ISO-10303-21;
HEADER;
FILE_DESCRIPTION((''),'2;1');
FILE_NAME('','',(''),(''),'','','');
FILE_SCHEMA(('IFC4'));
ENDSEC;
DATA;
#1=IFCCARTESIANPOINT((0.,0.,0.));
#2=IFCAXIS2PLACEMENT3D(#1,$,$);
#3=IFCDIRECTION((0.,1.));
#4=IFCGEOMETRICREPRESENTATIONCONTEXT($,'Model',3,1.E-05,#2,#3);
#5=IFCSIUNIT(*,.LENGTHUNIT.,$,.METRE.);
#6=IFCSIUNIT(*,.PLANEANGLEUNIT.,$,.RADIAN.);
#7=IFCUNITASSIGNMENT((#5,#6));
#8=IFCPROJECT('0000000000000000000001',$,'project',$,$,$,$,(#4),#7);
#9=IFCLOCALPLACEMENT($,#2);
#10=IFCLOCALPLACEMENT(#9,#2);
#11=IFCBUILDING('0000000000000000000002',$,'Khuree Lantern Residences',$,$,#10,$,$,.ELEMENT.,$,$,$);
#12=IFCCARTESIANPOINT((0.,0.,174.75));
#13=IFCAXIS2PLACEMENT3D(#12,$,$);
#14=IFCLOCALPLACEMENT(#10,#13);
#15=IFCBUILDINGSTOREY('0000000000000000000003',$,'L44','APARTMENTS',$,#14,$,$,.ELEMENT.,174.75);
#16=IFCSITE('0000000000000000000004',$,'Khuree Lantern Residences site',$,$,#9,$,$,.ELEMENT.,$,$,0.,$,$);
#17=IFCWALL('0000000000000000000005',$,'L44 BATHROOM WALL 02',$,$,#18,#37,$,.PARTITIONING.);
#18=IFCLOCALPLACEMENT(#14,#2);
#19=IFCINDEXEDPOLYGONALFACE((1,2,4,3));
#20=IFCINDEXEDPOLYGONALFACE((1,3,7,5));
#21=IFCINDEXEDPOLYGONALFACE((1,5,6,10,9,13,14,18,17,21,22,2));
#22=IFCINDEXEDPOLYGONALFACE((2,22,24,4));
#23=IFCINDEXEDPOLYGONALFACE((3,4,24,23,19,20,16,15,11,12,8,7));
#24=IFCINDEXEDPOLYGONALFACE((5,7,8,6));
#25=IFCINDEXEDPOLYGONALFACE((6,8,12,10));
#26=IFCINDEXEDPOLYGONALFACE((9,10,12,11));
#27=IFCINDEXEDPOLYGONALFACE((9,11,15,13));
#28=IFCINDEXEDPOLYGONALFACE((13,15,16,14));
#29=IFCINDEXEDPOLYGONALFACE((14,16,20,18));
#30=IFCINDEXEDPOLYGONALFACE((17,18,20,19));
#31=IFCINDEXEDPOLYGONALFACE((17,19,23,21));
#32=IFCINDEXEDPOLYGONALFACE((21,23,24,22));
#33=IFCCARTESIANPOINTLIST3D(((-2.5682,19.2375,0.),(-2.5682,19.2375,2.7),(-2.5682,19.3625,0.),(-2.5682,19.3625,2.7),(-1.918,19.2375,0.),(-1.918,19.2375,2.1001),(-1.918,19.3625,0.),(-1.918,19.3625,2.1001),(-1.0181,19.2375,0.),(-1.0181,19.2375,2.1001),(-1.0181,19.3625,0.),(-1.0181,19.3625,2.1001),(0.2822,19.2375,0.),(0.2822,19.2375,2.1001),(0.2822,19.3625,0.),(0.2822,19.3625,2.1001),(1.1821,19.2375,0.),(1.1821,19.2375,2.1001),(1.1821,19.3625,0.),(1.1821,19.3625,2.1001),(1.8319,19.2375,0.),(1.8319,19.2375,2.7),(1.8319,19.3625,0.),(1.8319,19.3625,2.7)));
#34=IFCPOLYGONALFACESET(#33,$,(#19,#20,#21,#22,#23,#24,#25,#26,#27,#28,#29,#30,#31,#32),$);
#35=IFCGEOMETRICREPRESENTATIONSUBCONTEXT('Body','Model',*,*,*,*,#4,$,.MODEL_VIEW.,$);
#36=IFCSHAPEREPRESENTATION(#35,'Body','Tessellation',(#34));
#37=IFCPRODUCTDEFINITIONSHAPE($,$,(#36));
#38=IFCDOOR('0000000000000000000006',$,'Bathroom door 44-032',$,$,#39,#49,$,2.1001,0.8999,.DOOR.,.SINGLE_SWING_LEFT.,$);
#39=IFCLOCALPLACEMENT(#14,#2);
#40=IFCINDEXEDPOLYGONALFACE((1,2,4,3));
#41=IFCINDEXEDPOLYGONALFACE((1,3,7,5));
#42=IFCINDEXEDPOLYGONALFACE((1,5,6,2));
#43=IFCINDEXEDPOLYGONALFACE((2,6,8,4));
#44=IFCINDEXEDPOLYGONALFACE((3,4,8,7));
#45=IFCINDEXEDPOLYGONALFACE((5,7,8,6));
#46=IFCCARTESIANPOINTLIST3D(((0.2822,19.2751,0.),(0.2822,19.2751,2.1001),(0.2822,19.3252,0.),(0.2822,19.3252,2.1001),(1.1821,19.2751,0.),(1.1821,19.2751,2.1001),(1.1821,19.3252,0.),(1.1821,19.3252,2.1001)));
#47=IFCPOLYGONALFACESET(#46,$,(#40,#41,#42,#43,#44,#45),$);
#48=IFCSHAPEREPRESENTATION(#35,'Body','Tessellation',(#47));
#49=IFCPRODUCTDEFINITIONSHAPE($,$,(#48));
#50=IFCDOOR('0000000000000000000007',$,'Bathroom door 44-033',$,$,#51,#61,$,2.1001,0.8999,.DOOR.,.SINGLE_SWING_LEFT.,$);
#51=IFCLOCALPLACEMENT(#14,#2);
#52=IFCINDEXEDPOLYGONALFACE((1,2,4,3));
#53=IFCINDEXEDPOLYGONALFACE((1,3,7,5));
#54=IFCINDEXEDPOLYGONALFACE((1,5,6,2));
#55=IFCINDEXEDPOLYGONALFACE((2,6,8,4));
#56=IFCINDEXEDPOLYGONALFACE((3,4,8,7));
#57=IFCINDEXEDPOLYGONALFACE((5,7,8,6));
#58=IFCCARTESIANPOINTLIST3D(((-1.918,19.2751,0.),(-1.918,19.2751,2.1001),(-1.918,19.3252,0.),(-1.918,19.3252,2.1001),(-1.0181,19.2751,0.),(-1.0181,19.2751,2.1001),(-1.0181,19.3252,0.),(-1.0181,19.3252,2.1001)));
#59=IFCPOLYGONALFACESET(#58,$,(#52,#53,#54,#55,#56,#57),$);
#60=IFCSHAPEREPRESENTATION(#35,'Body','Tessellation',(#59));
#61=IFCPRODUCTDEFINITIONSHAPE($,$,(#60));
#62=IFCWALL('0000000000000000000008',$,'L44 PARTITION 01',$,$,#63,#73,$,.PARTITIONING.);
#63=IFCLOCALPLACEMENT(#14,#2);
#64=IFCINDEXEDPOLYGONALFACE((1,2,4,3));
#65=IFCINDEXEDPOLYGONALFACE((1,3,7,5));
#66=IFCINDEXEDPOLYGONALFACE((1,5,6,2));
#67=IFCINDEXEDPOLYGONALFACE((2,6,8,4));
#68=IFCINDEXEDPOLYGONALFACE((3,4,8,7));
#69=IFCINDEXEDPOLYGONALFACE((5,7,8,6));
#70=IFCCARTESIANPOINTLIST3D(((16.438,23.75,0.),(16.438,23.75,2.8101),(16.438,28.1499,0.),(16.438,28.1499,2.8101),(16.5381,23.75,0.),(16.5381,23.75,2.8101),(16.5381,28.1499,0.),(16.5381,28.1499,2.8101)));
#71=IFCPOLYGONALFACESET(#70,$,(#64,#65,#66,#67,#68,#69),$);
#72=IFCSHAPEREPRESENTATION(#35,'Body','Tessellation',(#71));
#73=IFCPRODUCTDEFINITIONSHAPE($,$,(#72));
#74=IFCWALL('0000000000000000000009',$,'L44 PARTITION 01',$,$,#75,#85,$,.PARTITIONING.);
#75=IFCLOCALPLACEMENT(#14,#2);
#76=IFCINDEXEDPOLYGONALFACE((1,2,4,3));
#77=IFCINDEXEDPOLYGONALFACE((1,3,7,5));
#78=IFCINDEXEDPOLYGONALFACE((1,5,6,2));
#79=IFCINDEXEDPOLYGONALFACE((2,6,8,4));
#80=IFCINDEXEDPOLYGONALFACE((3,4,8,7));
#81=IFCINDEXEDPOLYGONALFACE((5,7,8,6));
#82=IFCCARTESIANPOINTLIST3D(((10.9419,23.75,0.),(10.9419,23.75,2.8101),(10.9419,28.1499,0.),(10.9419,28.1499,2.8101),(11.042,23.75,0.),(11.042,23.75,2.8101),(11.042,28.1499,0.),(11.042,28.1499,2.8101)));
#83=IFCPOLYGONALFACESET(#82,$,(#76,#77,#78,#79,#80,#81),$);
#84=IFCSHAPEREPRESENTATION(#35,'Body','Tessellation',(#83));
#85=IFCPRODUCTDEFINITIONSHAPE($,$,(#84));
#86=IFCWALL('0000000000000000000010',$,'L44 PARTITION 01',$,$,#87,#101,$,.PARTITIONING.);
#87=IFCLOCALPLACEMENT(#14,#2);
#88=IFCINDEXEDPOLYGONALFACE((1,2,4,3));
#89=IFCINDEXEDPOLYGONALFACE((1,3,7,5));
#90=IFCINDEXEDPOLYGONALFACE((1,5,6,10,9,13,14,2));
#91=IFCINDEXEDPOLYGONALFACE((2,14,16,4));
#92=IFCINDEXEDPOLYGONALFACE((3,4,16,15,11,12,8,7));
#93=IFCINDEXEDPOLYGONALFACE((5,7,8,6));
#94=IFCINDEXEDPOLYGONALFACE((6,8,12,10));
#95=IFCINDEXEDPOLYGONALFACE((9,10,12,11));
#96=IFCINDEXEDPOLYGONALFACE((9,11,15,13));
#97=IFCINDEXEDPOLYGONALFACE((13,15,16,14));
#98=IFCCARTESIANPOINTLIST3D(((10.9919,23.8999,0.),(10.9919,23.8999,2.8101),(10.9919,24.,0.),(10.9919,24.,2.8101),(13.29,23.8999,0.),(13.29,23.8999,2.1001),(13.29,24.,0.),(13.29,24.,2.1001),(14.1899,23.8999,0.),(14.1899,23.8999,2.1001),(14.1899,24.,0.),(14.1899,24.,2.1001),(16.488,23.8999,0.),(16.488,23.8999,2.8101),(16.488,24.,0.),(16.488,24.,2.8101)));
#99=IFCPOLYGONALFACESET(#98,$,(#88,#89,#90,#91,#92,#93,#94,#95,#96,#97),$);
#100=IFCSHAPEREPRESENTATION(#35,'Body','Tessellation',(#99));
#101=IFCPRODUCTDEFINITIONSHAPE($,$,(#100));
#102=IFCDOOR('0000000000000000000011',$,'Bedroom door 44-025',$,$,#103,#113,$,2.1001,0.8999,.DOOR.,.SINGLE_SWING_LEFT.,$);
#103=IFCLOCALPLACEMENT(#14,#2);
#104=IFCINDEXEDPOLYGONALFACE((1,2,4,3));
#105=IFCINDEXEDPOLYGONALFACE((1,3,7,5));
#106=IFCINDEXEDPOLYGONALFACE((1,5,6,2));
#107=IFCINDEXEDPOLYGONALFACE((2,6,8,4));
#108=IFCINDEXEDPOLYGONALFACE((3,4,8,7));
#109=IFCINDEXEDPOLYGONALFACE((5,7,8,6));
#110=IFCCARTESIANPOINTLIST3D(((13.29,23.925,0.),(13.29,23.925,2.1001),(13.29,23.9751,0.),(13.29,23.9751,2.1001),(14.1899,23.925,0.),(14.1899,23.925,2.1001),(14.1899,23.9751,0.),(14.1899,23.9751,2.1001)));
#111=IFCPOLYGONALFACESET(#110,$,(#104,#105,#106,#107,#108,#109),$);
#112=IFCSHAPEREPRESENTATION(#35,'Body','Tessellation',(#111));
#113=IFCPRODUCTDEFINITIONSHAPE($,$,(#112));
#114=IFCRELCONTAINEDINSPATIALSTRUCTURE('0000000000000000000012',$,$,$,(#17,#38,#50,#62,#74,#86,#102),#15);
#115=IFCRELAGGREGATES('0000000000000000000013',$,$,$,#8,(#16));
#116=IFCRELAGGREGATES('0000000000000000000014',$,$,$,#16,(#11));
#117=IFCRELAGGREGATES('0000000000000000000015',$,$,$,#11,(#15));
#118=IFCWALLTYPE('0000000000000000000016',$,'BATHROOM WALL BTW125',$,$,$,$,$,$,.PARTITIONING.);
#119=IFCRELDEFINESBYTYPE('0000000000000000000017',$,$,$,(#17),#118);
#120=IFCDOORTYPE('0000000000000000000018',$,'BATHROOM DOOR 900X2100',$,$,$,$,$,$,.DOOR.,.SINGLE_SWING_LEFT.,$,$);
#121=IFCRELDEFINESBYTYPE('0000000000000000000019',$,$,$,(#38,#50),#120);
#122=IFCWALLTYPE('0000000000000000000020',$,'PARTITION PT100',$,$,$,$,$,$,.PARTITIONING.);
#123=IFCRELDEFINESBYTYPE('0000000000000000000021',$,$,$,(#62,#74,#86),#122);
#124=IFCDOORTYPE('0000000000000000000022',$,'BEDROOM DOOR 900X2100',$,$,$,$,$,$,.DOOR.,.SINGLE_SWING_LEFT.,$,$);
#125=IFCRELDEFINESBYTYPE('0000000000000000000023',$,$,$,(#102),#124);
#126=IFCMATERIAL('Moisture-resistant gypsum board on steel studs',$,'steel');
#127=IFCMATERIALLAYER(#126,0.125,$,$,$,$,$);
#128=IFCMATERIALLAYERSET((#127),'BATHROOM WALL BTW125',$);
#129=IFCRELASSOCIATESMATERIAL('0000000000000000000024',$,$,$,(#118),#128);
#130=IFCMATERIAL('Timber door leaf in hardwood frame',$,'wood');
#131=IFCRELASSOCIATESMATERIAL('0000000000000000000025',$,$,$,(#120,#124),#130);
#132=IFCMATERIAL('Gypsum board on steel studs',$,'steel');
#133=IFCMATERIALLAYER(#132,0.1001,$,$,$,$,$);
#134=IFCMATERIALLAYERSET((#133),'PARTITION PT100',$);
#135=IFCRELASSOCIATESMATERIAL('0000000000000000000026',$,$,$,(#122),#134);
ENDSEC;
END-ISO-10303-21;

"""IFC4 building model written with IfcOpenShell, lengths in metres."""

from ifc_helpers import new_model, si_unit, direction, frame, frame_2d, origin, place, context, subcontext, project, spatial, rectangle, extrude, material, layer, layer_set, type_object, element, fill, save


model = new_model("IFC4")

# Units and contexts
model_context = context("Model", 3, precision=1e-05, world=origin(), true_north=direction((0.0, 1.0)))
body_context = subcontext(model_context, "Body", "Model", "MODEL_VIEW")
ifc_project = project(units=[si_unit("LENGTHUNIT", "METRE"), si_unit("PLANEANGLEUNIT", "RADIAN")], contexts=[model_context])

# Site, building, storey
site_placement = place(None, origin())
site = spatial("IfcSite", under=ifc_project, at=site_placement, Name="Khuree Lantern Residences site", CompositionType="ELEMENT", RefElevation=0.0)
building_placement = place(site_placement, origin())
building = spatial("IfcBuilding", under=site, at=building_placement, Name="Khuree Lantern Residences", CompositionType="ELEMENT")
storey_placement = place(building_placement, frame((0.0, 0.0, 174.75)))
storey = spatial("IfcBuildingStorey", under=building, at=storey_placement, Name="L44", Description="APARTMENTS", CompositionType="ELEMENT", Elevation=174.75)

# Wall, openings, doors
ifc_material_1 = material(Name="Moisture-resistant gypsum board on steel studs", Category="steel")
ifc_layer_1 = layer(ifc_material_1, 0.125)
ifc_layer_set_1 = layer_set([ifc_layer_1], Name="BATHROOM WALL BTW125")
wall_type_1 = type_object("IfcWallType", Name="BATHROOM WALL BTW125", PredefinedType="PARTITIONING", material=ifc_layer_set_1)
wall_1_placement = place(storey_placement, frame((1.832, 19.3, 0.0), z_axis=(0.0, 0.0, 1.0), x_axis=(-1.0, 0.0, 0.0)))
wall_1 = element("IfcWall", 1, at=wall_1_placement, inside=storey, type_object=wall_type_1, Name="L44 BATHROOM WALL 02", PredefinedType="PARTITIONING", context=body_context, shape_type="SweptSolid", body=[
    extrude(rectangle(XDim=4.4001, YDim=0.125, at=frame_2d((2.2002, 0.0))), origin(), (0.0, 0.0, 1.0), 2.7),
])
opening_1_placement = place(wall_1_placement, frame((0.6499, 0.0, 0.0)))
opening_1 = element("IfcOpeningElement", 2, at=opening_1_placement, cuts=wall_1, PredefinedType="OPENING", context=body_context, shape_type="SweptSolid", body=[
    extrude(rectangle(XDim=0.8999, YDim=2.1001, at=frame_2d((0.45, 1.05))), frame((0.0, 0.0725, 0.0), z_axis=(0.0, -1.0, 0.0), x_axis=(1.0, 0.0, 0.0)), (0.0, 0.0, 1.0), 0.145),
])
opening_2_placement = place(wall_1_placement, frame((2.8501, 0.0, 0.0)))
opening_2 = element("IfcOpeningElement", 3, at=opening_2_placement, cuts=wall_1, PredefinedType="OPENING", context=body_context, shape_type="SweptSolid", body=[
    extrude(rectangle(XDim=0.8999, YDim=2.1001, at=frame_2d((0.45, 1.05))), frame((0.0, 0.0725, 0.0), z_axis=(0.0, -1.0, 0.0), x_axis=(1.0, 0.0, 0.0)), (0.0, 0.0, 1.0), 0.145),
])
ifc_material_2 = material(Name="Timber door leaf in hardwood frame", Category="wood")
door_type_1 = type_object("IfcDoorType", Name="BATHROOM DOOR 900X2100", OperationType="SINGLE_SWING_LEFT", PredefinedType="DOOR", material=ifc_material_2)
door_1_placement = place(opening_1_placement, origin())
door_1 = element("IfcDoor", 4, at=door_1_placement, inside=storey, type_object=door_type_1, Name="Bathroom door 44-032", OperationType="SINGLE_SWING_LEFT", OverallHeight=2.1001, OverallWidth=0.8999, PredefinedType="DOOR", context=body_context, shape_type="SweptSolid", body=[
    extrude(rectangle(XDim=0.8999, YDim=2.1001, at=frame_2d((0.45, 1.05))), frame((0.0, 0.0249, 0.0), z_axis=(0.0, -1.0, 0.0), x_axis=(1.0, 0.0, 0.0)), (0.0, 0.0, 1.0), 0.05),
])
fill(opening_1, door_1)
door_2_placement = place(opening_2_placement, origin())
door_2 = element("IfcDoor", 5, at=door_2_placement, inside=storey, type_object=door_type_1, Name="Bathroom door 44-033", OperationType="SINGLE_SWING_LEFT", OverallHeight=2.1001, OverallWidth=0.8999, PredefinedType="DOOR", context=body_context, shape_type="SweptSolid", body=[
    extrude(rectangle(XDim=0.8999, YDim=2.1001, at=frame_2d((0.45, 1.05))), frame((0.0, 0.0249, 0.0), z_axis=(0.0, -1.0, 0.0), x_axis=(1.0, 0.0, 0.0)), (0.0, 0.0, 1.0), 0.05),
])
fill(opening_2, door_2)

# Walls
ifc_material_3 = material(Name="Gypsum board on steel studs", Category="steel")
ifc_layer_2 = layer(ifc_material_3, 0.1001)
ifc_layer_set_2 = layer_set([ifc_layer_2], Name="PARTITION PT100")
wall_type_2 = type_object("IfcWallType", Name="PARTITION PT100", PredefinedType="PARTITIONING", material=ifc_layer_set_2)
for number, where, z_axis, x_axis, name in (
    (6, (16.488, 23.75, 0.0), (0.0, 0.0, 1.0), (0.0, 1.0, 0.0), "L44 PARTITION 01"),
    (7, (10.9919, 23.75, 0.0), (0.0, 0.0, 1.0), (0.0, 1.0, 0.0), "L44 PARTITION 01"),
):
    element("IfcWall", number, at=place(storey_placement, frame(where, z_axis=z_axis, x_axis=x_axis)), inside=storey, type_object=wall_type_2, Name=name, PredefinedType="PARTITIONING", context=body_context, shape_type="SweptSolid", body=[
        extrude(rectangle(XDim=4.3999, YDim=0.1001, at=frame_2d((2.2, 0.0))), origin(), (0.0, 0.0, 1.0), 2.8101),
    ])

# Wall, opening, door
wall_2_placement = place(storey_placement, frame((16.488, 23.95, 0.0), z_axis=(0.0, 0.0, 1.0), x_axis=(-1.0, 0.0, 0.0)))
wall_2 = element("IfcWall", 8, at=wall_2_placement, inside=storey, type_object=wall_type_2, Name="L44 PARTITION 01", PredefinedType="PARTITIONING", context=body_context, shape_type="SweptSolid", body=[
    extrude(rectangle(XDim=5.4961, YDim=0.1001, at=frame_2d((2.748, 0.0))), origin(), (0.0, 0.0, 1.0), 2.8101),
])
opening_3_placement = place(wall_2_placement, frame((2.2981, 0.0, 0.0)))
opening_3 = element("IfcOpeningElement", 9, at=opening_3_placement, cuts=wall_2, PredefinedType="OPENING", context=body_context, shape_type="SweptSolid", body=[
    extrude(rectangle(XDim=0.8999, YDim=2.1001, at=frame_2d((0.45, 1.05))), frame((0.0, 0.0601, 0.0), z_axis=(0.0, -1.0, 0.0), x_axis=(1.0, 0.0, 0.0)), (0.0, 0.0, 1.0), 0.1201),
])
door_type_2 = type_object("IfcDoorType", Name="BEDROOM DOOR 900X2100", OperationType="SINGLE_SWING_LEFT", PredefinedType="DOOR", material=ifc_material_2)
door_3_placement = place(opening_3_placement, origin())
door_3 = element("IfcDoor", 10, at=door_3_placement, inside=storey, type_object=door_type_2, Name="Bedroom door 44-025", OperationType="SINGLE_SWING_LEFT", OverallHeight=2.1001, OverallWidth=0.8999, PredefinedType="DOOR", context=body_context, shape_type="SweptSolid", body=[
    extrude(rectangle(XDim=0.8999, YDim=2.1001, at=frame_2d((0.45, 1.05))), frame((0.0, 0.0249, 0.0), z_axis=(0.0, -1.0, 0.0), x_axis=(1.0, 0.0, 0.0)), (0.0, 0.0, 1.0), 0.05),
])
fill(opening_3, door_3)

save(model, "model.ifc")
